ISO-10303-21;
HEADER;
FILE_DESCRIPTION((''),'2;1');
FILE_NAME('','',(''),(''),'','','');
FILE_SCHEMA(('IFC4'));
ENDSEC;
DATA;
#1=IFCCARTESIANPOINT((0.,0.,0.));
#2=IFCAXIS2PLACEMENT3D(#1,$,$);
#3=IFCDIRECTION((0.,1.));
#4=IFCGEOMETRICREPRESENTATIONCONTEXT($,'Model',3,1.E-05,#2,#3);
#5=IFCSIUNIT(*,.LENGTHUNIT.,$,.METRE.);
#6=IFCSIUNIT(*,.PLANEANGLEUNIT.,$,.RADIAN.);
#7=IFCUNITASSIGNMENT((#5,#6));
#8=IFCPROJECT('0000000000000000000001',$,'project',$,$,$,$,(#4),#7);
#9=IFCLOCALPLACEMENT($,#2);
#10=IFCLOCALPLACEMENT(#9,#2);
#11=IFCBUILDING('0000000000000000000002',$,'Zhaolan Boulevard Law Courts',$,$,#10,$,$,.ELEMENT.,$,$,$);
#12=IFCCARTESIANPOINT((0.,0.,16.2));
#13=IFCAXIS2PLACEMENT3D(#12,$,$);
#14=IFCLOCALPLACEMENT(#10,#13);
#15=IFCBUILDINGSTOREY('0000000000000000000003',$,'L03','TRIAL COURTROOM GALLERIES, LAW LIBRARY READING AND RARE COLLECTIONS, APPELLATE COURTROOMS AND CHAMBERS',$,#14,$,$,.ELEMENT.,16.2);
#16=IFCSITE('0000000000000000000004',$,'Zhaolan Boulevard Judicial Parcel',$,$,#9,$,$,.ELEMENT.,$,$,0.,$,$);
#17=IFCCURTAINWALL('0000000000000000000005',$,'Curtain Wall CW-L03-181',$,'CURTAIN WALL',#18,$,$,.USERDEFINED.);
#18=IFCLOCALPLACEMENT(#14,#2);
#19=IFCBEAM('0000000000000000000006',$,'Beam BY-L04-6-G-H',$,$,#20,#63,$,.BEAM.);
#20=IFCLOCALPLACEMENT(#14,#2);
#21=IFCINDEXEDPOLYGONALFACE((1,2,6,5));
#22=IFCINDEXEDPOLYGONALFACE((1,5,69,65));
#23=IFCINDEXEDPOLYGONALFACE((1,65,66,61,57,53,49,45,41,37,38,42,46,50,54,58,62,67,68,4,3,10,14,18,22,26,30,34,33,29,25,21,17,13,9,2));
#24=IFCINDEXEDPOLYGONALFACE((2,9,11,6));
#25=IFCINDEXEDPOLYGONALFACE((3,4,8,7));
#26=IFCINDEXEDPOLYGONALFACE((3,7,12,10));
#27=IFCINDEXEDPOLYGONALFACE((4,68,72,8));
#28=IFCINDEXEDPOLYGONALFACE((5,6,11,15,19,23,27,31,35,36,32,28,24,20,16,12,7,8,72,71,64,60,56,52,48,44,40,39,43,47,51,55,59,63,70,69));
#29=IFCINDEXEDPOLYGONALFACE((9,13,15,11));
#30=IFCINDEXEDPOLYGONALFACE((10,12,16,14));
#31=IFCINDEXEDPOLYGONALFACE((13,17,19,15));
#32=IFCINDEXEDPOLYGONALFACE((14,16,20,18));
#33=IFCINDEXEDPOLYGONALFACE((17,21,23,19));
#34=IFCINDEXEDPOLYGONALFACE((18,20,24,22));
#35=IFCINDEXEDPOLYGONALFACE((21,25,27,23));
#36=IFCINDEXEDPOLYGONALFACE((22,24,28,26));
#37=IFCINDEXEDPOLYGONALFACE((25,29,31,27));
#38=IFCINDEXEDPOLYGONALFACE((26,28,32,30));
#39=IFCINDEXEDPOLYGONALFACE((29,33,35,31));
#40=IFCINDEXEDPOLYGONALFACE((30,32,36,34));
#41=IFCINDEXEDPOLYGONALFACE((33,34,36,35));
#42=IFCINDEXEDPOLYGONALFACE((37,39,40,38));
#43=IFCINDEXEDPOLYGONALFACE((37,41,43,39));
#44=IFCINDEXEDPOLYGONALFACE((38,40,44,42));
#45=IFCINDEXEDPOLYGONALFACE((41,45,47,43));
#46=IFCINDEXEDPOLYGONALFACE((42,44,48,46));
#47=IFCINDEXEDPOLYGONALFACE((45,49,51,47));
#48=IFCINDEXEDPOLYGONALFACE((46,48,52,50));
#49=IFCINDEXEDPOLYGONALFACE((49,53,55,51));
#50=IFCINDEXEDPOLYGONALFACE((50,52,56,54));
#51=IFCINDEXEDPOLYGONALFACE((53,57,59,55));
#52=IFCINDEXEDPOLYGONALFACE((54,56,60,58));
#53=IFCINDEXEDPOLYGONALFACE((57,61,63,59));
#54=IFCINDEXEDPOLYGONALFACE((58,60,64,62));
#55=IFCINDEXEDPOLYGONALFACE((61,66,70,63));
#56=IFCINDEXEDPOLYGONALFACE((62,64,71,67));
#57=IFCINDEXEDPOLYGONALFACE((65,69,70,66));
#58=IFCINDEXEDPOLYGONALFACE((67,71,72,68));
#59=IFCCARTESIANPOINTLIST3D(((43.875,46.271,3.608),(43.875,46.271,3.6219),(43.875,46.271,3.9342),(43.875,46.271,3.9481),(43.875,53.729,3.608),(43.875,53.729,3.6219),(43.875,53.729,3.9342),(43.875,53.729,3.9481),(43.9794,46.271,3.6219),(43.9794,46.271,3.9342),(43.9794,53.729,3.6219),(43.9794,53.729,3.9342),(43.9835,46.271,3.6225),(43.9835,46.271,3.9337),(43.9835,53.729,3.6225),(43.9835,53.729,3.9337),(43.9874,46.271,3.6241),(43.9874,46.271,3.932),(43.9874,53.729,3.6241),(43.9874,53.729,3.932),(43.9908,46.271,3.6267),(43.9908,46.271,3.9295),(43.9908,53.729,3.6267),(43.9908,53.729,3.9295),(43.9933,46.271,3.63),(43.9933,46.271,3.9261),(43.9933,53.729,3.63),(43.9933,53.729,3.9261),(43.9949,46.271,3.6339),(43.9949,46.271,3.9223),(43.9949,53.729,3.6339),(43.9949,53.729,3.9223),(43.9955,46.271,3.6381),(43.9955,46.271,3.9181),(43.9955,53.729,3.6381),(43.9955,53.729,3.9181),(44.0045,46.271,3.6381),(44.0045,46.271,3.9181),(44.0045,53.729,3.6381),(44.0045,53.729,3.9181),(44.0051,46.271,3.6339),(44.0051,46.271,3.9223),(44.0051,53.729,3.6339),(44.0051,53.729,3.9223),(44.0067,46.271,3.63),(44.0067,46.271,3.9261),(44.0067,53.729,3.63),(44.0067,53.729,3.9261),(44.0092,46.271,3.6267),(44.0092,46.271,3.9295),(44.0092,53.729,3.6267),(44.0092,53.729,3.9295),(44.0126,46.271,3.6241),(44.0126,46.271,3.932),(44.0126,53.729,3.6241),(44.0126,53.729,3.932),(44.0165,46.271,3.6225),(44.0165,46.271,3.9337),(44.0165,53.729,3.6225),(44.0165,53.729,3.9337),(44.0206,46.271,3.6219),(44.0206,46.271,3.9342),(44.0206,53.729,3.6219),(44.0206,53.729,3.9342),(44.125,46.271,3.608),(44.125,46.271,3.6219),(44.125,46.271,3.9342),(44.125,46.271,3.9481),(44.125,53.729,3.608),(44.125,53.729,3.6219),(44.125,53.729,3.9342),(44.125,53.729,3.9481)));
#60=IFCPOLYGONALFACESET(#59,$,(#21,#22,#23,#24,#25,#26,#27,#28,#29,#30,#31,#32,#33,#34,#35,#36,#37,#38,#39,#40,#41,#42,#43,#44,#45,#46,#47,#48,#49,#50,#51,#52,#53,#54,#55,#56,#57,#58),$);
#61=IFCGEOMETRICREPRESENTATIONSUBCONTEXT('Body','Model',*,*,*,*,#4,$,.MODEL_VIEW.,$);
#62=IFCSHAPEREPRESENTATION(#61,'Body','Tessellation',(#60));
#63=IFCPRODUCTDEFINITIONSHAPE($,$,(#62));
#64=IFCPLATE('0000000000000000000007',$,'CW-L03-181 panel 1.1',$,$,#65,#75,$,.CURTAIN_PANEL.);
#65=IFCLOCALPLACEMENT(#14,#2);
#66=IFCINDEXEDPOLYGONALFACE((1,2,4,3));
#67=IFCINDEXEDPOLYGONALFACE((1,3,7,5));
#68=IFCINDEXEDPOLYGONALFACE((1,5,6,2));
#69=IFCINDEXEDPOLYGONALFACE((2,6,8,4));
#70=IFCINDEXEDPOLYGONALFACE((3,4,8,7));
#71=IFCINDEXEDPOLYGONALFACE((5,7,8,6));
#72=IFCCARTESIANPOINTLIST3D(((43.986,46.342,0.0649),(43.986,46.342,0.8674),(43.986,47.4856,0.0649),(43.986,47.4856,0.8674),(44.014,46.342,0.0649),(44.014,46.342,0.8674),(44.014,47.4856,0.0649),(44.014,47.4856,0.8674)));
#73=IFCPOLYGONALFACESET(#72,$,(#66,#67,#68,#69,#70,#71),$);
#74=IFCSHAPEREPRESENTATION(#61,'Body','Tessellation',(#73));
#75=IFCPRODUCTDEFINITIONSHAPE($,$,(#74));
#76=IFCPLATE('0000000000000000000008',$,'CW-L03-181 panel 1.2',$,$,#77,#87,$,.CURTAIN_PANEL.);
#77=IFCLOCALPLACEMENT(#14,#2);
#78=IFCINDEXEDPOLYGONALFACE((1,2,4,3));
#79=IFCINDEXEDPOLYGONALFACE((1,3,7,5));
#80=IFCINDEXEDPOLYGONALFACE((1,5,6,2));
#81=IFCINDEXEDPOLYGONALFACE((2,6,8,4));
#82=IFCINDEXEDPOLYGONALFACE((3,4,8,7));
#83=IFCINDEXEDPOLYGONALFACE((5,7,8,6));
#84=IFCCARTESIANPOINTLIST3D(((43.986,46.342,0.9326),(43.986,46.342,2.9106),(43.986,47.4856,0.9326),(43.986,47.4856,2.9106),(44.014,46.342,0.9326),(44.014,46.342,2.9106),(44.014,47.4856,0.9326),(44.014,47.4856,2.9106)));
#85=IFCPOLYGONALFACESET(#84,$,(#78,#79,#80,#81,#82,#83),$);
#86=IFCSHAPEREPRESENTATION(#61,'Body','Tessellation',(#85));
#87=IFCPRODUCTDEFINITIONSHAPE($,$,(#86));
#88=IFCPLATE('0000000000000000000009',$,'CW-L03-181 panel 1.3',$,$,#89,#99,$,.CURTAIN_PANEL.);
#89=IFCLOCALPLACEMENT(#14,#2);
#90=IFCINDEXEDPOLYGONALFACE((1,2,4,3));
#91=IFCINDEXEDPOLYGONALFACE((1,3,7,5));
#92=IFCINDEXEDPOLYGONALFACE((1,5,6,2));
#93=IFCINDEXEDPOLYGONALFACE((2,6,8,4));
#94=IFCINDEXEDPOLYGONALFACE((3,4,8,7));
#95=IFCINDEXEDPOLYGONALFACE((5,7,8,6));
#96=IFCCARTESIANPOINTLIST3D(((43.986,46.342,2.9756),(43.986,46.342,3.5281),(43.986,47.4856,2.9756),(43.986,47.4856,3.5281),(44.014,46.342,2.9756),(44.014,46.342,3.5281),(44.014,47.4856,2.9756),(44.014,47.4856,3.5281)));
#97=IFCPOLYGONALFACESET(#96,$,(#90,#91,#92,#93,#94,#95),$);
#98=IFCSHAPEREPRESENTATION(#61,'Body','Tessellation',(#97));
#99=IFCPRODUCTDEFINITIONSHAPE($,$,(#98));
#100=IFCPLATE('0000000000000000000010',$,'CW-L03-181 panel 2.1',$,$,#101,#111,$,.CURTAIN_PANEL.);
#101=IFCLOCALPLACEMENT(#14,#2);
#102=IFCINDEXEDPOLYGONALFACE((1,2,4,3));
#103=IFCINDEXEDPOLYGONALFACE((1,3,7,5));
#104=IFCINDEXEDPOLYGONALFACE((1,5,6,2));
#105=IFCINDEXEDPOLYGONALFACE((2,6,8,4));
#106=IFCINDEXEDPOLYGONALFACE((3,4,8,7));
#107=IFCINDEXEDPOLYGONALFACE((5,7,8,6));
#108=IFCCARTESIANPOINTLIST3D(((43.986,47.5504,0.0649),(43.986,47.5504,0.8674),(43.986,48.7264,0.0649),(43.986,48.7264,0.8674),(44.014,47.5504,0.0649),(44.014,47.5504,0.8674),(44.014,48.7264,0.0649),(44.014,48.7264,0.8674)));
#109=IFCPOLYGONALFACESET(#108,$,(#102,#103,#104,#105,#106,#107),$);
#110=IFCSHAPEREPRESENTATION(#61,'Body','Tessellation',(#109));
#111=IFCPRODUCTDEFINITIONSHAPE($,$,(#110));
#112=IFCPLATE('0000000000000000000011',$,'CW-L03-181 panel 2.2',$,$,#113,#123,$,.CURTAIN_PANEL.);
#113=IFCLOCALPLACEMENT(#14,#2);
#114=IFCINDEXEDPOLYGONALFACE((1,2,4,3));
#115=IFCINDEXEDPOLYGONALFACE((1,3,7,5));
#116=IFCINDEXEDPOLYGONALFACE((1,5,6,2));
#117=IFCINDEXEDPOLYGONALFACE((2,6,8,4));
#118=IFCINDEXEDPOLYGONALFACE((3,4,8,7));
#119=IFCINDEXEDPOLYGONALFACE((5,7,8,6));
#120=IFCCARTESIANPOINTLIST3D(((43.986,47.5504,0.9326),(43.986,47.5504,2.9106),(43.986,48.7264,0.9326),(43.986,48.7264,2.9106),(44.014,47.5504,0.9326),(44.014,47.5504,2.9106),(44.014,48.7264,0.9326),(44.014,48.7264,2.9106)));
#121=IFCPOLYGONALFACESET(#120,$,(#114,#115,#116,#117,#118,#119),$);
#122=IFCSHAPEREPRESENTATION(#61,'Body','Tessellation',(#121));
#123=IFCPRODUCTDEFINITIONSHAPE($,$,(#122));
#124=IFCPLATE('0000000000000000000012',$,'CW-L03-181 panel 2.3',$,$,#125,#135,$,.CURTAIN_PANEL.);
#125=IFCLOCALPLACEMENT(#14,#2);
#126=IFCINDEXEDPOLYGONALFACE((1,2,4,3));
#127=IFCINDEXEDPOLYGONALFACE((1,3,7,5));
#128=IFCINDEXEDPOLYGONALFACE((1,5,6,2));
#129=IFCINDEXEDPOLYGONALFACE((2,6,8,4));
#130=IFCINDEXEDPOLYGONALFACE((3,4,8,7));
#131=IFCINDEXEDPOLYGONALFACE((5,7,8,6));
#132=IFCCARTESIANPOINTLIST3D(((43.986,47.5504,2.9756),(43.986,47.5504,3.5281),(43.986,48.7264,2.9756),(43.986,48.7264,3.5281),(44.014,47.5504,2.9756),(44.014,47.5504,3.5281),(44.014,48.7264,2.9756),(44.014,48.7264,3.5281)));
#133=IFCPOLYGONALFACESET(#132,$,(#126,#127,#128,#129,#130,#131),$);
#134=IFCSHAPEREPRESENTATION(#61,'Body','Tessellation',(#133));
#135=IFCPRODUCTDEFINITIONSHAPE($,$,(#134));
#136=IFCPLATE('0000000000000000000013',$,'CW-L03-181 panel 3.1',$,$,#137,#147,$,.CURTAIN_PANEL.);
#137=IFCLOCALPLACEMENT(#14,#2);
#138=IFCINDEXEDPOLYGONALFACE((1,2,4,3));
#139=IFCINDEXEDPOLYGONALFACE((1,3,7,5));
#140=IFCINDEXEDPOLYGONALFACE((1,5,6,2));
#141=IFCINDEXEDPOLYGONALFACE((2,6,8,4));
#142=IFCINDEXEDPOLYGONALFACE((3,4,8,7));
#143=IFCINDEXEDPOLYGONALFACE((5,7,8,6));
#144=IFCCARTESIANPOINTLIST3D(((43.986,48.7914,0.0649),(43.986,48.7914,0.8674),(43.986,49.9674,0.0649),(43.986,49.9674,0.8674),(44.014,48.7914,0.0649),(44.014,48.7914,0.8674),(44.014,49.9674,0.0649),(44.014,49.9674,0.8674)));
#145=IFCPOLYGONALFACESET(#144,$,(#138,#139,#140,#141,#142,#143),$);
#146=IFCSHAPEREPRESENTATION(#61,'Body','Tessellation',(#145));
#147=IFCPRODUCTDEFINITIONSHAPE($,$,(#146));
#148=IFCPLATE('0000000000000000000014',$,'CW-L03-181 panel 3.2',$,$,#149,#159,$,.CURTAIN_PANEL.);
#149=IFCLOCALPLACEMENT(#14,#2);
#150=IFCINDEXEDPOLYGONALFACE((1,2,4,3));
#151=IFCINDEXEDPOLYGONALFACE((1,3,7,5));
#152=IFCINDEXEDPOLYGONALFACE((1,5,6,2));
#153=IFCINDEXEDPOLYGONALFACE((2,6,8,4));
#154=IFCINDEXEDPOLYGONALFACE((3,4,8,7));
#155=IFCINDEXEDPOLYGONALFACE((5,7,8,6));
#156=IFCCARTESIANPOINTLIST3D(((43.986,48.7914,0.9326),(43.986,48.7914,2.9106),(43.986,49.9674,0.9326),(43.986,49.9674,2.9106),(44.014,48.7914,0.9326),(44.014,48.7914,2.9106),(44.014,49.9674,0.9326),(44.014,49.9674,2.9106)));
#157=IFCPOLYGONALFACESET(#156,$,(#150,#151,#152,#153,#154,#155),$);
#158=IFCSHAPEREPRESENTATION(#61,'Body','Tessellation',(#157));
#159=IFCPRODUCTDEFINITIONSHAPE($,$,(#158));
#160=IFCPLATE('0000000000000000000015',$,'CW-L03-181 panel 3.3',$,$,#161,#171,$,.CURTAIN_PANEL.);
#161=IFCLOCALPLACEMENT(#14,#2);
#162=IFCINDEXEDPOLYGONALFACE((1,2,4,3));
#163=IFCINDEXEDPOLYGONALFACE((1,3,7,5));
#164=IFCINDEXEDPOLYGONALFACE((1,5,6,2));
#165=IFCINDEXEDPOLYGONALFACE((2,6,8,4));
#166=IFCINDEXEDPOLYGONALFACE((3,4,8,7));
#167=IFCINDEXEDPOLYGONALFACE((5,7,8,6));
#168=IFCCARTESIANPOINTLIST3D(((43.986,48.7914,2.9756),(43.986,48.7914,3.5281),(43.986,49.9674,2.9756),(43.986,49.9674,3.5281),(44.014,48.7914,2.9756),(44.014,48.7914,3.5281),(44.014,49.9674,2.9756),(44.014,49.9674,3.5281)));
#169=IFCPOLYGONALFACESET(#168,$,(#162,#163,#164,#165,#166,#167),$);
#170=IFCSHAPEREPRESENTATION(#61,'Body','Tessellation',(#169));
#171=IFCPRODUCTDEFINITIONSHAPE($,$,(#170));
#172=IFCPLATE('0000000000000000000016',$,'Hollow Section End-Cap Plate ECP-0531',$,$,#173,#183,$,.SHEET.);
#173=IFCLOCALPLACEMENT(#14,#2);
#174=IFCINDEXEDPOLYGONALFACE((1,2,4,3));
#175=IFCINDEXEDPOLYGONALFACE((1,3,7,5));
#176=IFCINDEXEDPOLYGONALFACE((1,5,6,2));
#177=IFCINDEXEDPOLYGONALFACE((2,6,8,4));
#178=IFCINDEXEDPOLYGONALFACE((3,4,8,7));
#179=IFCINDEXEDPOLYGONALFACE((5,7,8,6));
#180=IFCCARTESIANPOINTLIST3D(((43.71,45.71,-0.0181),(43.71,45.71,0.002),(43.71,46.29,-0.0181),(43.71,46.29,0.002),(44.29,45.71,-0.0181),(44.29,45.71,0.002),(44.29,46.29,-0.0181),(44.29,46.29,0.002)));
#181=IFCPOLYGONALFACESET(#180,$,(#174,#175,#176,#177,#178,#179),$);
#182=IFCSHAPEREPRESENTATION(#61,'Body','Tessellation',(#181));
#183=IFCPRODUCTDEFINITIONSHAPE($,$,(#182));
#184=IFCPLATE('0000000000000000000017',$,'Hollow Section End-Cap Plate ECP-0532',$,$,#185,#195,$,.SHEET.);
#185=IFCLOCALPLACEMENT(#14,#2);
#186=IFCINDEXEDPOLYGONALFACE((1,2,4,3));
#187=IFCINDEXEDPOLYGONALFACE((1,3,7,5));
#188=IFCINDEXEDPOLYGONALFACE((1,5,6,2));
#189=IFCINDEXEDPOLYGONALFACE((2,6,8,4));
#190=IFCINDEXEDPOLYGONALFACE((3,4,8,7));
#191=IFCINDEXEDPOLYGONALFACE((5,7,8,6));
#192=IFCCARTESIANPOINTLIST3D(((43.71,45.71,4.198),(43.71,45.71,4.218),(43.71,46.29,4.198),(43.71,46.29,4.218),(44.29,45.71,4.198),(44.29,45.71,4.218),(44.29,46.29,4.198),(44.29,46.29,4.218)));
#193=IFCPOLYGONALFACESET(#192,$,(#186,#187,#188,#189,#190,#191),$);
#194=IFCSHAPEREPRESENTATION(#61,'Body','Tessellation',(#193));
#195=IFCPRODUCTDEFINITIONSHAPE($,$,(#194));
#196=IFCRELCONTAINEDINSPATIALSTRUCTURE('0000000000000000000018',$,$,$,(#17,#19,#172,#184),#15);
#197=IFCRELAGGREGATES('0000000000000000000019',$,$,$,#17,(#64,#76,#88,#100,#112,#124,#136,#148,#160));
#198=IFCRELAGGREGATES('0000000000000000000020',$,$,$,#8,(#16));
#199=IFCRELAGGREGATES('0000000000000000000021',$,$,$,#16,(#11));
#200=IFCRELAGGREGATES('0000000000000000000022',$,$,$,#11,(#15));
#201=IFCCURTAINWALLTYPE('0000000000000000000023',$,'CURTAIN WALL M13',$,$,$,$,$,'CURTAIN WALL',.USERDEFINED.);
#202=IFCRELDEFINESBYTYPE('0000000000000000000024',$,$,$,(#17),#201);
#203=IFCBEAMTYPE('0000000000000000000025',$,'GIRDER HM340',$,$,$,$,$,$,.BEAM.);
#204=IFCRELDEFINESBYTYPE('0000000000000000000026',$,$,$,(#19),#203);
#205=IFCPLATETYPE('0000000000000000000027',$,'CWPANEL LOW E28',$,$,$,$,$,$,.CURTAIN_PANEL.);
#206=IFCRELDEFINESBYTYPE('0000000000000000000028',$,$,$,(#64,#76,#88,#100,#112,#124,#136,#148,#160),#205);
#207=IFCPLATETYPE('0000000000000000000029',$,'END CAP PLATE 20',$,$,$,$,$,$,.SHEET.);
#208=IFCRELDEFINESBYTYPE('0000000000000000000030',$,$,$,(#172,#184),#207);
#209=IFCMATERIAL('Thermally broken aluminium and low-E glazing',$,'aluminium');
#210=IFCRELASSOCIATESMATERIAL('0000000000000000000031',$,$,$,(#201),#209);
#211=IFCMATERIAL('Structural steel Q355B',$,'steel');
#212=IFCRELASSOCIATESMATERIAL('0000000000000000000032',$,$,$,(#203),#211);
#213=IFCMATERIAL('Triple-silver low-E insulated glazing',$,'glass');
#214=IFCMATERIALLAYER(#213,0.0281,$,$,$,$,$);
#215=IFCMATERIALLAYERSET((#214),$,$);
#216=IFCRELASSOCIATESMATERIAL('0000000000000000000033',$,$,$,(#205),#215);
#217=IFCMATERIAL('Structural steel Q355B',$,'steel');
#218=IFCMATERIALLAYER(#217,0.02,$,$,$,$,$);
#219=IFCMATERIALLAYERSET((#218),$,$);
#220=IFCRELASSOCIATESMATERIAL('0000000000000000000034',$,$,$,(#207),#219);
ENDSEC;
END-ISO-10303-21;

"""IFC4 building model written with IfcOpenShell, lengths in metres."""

from ifc_helpers import new_model, si_unit, direction, frame, origin, origin_2d, place, context, subcontext, project, spatial, rectangle, i_section, extrude, material, layer, layer_set, material_profile, profile_set, type_object, element, aggregate, save


model = new_model("IFC4")

# Units and contexts
model_context = context("Model", 3, precision=1e-05, world=origin(), true_north=direction((0.0, 1.0)))
body_context = subcontext(model_context, "Body", "Model", "MODEL_VIEW")
ifc_project = project(units=[si_unit("LENGTHUNIT", "METRE"), si_unit("PLANEANGLEUNIT", "RADIAN")], contexts=[model_context])

# Site, building, storey
site_placement = place(None, origin())
site = spatial("IfcSite", under=ifc_project, at=site_placement, Name="Zhaolan Boulevard Judicial Parcel", CompositionType="ELEMENT", RefElevation=0.0)
building_placement = place(site_placement, origin())
building = spatial("IfcBuilding", under=site, at=building_placement, Name="Zhaolan Boulevard Law Courts", CompositionType="ELEMENT")
storey_placement = place(building_placement, frame((0.0, 0.0, 16.2)))
storey = spatial("IfcBuildingStorey", under=building, at=storey_placement, Name="L03", Description="TRIAL COURTROOM GALLERIES, LAW LIBRARY READING AND RARE COLLECTIONS, APPELLATE COURTROOMS AND CHAMBERS", CompositionType="ELEMENT", Elevation=16.2)

# Curtain wall
ifc_material_1 = material(Name="Thermally broken aluminium and low-E glazing", Category="aluminium")
curtain_wall_type_1 = type_object("IfcCurtainWallType", Name="CURTAIN WALL M13", ElementType="CURTAIN WALL", PredefinedType="USERDEFINED", material=ifc_material_1)
curtain_wall_1_placement = place(storey_placement, origin())
curtain_wall_1 = element("IfcCurtainWall", 1, at=curtain_wall_1_placement, inside=storey, type_object=curtain_wall_type_1, Name="Curtain Wall CW-L03-181", ObjectType="CURTAIN WALL", PredefinedType="USERDEFINED")

# Beam
ifc_material_2 = material(Name="Structural steel Q355B", Category="steel")
ifc_material_profile_1 = material_profile(ifc_material_2, i_section(OverallWidth=0.25, OverallDepth=0.3401, WebThickness=0.009, FlangeThickness=0.0139, FilletRadius=0.0161, at=origin_2d()), Name="HM340x250")
ifc_profile_set_1 = profile_set([ifc_material_profile_1], Name="Structural steel Q355B")
beam_type = type_object("IfcBeamType", Name="GIRDER HM340", PredefinedType="BEAM", material=ifc_profile_set_1)
beam_placement = place(storey_placement, frame((44.0, 46.271, 3.7781), z_axis=(0.0, 1.0, 0.0), x_axis=(-1.0, 0.0, 0.0)))
element("IfcBeam", 2, at=beam_placement, inside=storey, type_object=beam_type, Name="Beam BY-L04-6-G-H", PredefinedType="BEAM", context=body_context, shape_type="SweptSolid", body=[
    extrude(i_section(OverallWidth=0.25, OverallDepth=0.3401, WebThickness=0.009, FlangeThickness=0.0139, FilletRadius=0.0161, at=origin_2d()), origin(), (0.0, 0.0, 1.0), 7.458),
])

# Plates
ifc_material_3 = material(Name="Triple-silver low-E insulated glazing", Category="glass")
ifc_layer_1 = layer(ifc_material_3, 0.0281)
ifc_layer_set_1 = layer_set([ifc_layer_1])
plate_type_1 = type_object("IfcPlateType", Name="CWPANEL LOW E28", PredefinedType="CURTAIN_PANEL", material=ifc_layer_set_1)
plate_1_placement = place(storey_placement, frame((44.0, 46.9138, 0.0649), z_axis=(0.0, 0.0, 1.0), x_axis=(0.0, 1.0, 0.0)))
plate_1 = element("IfcPlate", 3, at=plate_1_placement, type_object=plate_type_1, Name="CW-L03-181 panel 1.1", PredefinedType="CURTAIN_PANEL", context=body_context, shape_type="SweptSolid", body=[
    extrude(rectangle(XDim=1.1436, YDim=0.0281, at=origin_2d()), origin(), (0.0, 0.0, 1.0), 0.8025),
])
plate_2_placement = place(storey_placement, frame((44.0, 46.9138, 0.9326), z_axis=(0.0, 0.0, 1.0), x_axis=(0.0, 1.0, 0.0)))
plate_2 = element("IfcPlate", 4, at=plate_2_placement, type_object=plate_type_1, Name="CW-L03-181 panel 1.2", PredefinedType="CURTAIN_PANEL", context=body_context, shape_type="SweptSolid", body=[
    extrude(rectangle(XDim=1.1436, YDim=0.0281, at=origin_2d()), origin(), (0.0, 0.0, 1.0), 1.978),
])
plate_3_placement = place(storey_placement, frame((44.0, 46.9138, 2.9756), z_axis=(0.0, 0.0, 1.0), x_axis=(0.0, 1.0, 0.0)))
plate_3 = element("IfcPlate", 5, at=plate_3_placement, type_object=plate_type_1, Name="CW-L03-181 panel 1.3", PredefinedType="CURTAIN_PANEL", context=body_context, shape_type="SweptSolid", body=[
    extrude(rectangle(XDim=1.1436, YDim=0.0281, at=origin_2d()), origin(), (0.0, 0.0, 1.0), 0.5525),
])
plate_4_placement = place(storey_placement, frame((44.0, 48.1384, 0.0649), z_axis=(0.0, 0.0, 1.0), x_axis=(0.0, 1.0, 0.0)))
plate_4 = element("IfcPlate", 6, at=plate_4_placement, type_object=plate_type_1, Name="CW-L03-181 panel 2.1", PredefinedType="CURTAIN_PANEL", context=body_context, shape_type="SweptSolid", body=[
    extrude(rectangle(XDim=1.176, YDim=0.0281, at=origin_2d()), origin(), (0.0, 0.0, 1.0), 0.8025),
])
plate_5_placement = place(storey_placement, frame((44.0, 48.1384, 0.9326), z_axis=(0.0, 0.0, 1.0), x_axis=(0.0, 1.0, 0.0)))
plate_5 = element("IfcPlate", 7, at=plate_5_placement, type_object=plate_type_1, Name="CW-L03-181 panel 2.2", PredefinedType="CURTAIN_PANEL", context=body_context, shape_type="SweptSolid", body=[
    extrude(rectangle(XDim=1.176, YDim=0.0281, at=origin_2d()), origin(), (0.0, 0.0, 1.0), 1.978),
])
plate_6_placement = place(storey_placement, frame((44.0, 48.1384, 2.9756), z_axis=(0.0, 0.0, 1.0), x_axis=(0.0, 1.0, 0.0)))
plate_6 = element("IfcPlate", 8, at=plate_6_placement, type_object=plate_type_1, Name="CW-L03-181 panel 2.3", PredefinedType="CURTAIN_PANEL", context=body_context, shape_type="SweptSolid", body=[
    extrude(rectangle(XDim=1.176, YDim=0.0281, at=origin_2d()), origin(), (0.0, 0.0, 1.0), 0.5525),
])
plate_7_placement = place(storey_placement, frame((44.0, 49.3794, 0.0649), z_axis=(0.0, 0.0, 1.0), x_axis=(0.0, 1.0, 0.0)))
plate_7 = element("IfcPlate", 9, at=plate_7_placement, type_object=plate_type_1, Name="CW-L03-181 panel 3.1", PredefinedType="CURTAIN_PANEL", context=body_context, shape_type="SweptSolid", body=[
    extrude(rectangle(XDim=1.176, YDim=0.0281, at=origin_2d()), origin(), (0.0, 0.0, 1.0), 0.8025),
])
plate_8_placement = place(storey_placement, frame((44.0, 49.3794, 0.9326), z_axis=(0.0, 0.0, 1.0), x_axis=(0.0, 1.0, 0.0)))
plate_8 = element("IfcPlate", 10, at=plate_8_placement, type_object=plate_type_1, Name="CW-L03-181 panel 3.2", PredefinedType="CURTAIN_PANEL", context=body_context, shape_type="SweptSolid", body=[
    extrude(rectangle(XDim=1.176, YDim=0.0281, at=origin_2d()), origin(), (0.0, 0.0, 1.0), 1.978),
])
plate_9_placement = place(storey_placement, frame((44.0, 49.3794, 2.9756), z_axis=(0.0, 0.0, 1.0), x_axis=(0.0, 1.0, 0.0)))
plate_9 = element("IfcPlate", 11, at=plate_9_placement, type_object=plate_type_1, Name="CW-L03-181 panel 3.3", PredefinedType="CURTAIN_PANEL", context=body_context, shape_type="SweptSolid", body=[
    extrude(rectangle(XDim=1.176, YDim=0.0281, at=origin_2d()), origin(), (0.0, 0.0, 1.0), 0.5525),
])
aggregate(curtain_wall_1, [plate_1, plate_2, plate_3, plate_4, plate_5, plate_6, plate_7, plate_8, plate_9])

# Plates
ifc_material_4 = material(Name="Structural steel Q355B", Category="steel")
ifc_layer_2 = layer(ifc_material_4, 0.02)
ifc_layer_set_2 = layer_set([ifc_layer_2])
plate_type_2 = type_object("IfcPlateType", Name="END CAP PLATE 20", PredefinedType="SHEET", material=ifc_layer_set_2)
for number, where, z_axis, x_axis, name in (
    (12, (44.0, 46.0, -0.0181), (0.0, 0.0, 1.0), (1.0, 0.0, 0.0), "Hollow Section End-Cap Plate ECP-0531"),
    (13, (44.0, 46.0, 4.198), (0.0, 0.0, 1.0), (1.0, 0.0, 0.0), "Hollow Section End-Cap Plate ECP-0532"),
):
    element("IfcPlate", number, at=place(storey_placement, frame(where, z_axis=z_axis, x_axis=x_axis)), inside=storey, type_object=plate_type_2, Name=name, PredefinedType="SHEET", context=body_context, shape_type="SweptSolid", body=[
        extrude(rectangle(XDim=0.5801, YDim=0.5801, at=origin_2d()), origin(), (0.0, 0.0, 1.0), 0.02),
    ])

save(model, "model.ifc")
